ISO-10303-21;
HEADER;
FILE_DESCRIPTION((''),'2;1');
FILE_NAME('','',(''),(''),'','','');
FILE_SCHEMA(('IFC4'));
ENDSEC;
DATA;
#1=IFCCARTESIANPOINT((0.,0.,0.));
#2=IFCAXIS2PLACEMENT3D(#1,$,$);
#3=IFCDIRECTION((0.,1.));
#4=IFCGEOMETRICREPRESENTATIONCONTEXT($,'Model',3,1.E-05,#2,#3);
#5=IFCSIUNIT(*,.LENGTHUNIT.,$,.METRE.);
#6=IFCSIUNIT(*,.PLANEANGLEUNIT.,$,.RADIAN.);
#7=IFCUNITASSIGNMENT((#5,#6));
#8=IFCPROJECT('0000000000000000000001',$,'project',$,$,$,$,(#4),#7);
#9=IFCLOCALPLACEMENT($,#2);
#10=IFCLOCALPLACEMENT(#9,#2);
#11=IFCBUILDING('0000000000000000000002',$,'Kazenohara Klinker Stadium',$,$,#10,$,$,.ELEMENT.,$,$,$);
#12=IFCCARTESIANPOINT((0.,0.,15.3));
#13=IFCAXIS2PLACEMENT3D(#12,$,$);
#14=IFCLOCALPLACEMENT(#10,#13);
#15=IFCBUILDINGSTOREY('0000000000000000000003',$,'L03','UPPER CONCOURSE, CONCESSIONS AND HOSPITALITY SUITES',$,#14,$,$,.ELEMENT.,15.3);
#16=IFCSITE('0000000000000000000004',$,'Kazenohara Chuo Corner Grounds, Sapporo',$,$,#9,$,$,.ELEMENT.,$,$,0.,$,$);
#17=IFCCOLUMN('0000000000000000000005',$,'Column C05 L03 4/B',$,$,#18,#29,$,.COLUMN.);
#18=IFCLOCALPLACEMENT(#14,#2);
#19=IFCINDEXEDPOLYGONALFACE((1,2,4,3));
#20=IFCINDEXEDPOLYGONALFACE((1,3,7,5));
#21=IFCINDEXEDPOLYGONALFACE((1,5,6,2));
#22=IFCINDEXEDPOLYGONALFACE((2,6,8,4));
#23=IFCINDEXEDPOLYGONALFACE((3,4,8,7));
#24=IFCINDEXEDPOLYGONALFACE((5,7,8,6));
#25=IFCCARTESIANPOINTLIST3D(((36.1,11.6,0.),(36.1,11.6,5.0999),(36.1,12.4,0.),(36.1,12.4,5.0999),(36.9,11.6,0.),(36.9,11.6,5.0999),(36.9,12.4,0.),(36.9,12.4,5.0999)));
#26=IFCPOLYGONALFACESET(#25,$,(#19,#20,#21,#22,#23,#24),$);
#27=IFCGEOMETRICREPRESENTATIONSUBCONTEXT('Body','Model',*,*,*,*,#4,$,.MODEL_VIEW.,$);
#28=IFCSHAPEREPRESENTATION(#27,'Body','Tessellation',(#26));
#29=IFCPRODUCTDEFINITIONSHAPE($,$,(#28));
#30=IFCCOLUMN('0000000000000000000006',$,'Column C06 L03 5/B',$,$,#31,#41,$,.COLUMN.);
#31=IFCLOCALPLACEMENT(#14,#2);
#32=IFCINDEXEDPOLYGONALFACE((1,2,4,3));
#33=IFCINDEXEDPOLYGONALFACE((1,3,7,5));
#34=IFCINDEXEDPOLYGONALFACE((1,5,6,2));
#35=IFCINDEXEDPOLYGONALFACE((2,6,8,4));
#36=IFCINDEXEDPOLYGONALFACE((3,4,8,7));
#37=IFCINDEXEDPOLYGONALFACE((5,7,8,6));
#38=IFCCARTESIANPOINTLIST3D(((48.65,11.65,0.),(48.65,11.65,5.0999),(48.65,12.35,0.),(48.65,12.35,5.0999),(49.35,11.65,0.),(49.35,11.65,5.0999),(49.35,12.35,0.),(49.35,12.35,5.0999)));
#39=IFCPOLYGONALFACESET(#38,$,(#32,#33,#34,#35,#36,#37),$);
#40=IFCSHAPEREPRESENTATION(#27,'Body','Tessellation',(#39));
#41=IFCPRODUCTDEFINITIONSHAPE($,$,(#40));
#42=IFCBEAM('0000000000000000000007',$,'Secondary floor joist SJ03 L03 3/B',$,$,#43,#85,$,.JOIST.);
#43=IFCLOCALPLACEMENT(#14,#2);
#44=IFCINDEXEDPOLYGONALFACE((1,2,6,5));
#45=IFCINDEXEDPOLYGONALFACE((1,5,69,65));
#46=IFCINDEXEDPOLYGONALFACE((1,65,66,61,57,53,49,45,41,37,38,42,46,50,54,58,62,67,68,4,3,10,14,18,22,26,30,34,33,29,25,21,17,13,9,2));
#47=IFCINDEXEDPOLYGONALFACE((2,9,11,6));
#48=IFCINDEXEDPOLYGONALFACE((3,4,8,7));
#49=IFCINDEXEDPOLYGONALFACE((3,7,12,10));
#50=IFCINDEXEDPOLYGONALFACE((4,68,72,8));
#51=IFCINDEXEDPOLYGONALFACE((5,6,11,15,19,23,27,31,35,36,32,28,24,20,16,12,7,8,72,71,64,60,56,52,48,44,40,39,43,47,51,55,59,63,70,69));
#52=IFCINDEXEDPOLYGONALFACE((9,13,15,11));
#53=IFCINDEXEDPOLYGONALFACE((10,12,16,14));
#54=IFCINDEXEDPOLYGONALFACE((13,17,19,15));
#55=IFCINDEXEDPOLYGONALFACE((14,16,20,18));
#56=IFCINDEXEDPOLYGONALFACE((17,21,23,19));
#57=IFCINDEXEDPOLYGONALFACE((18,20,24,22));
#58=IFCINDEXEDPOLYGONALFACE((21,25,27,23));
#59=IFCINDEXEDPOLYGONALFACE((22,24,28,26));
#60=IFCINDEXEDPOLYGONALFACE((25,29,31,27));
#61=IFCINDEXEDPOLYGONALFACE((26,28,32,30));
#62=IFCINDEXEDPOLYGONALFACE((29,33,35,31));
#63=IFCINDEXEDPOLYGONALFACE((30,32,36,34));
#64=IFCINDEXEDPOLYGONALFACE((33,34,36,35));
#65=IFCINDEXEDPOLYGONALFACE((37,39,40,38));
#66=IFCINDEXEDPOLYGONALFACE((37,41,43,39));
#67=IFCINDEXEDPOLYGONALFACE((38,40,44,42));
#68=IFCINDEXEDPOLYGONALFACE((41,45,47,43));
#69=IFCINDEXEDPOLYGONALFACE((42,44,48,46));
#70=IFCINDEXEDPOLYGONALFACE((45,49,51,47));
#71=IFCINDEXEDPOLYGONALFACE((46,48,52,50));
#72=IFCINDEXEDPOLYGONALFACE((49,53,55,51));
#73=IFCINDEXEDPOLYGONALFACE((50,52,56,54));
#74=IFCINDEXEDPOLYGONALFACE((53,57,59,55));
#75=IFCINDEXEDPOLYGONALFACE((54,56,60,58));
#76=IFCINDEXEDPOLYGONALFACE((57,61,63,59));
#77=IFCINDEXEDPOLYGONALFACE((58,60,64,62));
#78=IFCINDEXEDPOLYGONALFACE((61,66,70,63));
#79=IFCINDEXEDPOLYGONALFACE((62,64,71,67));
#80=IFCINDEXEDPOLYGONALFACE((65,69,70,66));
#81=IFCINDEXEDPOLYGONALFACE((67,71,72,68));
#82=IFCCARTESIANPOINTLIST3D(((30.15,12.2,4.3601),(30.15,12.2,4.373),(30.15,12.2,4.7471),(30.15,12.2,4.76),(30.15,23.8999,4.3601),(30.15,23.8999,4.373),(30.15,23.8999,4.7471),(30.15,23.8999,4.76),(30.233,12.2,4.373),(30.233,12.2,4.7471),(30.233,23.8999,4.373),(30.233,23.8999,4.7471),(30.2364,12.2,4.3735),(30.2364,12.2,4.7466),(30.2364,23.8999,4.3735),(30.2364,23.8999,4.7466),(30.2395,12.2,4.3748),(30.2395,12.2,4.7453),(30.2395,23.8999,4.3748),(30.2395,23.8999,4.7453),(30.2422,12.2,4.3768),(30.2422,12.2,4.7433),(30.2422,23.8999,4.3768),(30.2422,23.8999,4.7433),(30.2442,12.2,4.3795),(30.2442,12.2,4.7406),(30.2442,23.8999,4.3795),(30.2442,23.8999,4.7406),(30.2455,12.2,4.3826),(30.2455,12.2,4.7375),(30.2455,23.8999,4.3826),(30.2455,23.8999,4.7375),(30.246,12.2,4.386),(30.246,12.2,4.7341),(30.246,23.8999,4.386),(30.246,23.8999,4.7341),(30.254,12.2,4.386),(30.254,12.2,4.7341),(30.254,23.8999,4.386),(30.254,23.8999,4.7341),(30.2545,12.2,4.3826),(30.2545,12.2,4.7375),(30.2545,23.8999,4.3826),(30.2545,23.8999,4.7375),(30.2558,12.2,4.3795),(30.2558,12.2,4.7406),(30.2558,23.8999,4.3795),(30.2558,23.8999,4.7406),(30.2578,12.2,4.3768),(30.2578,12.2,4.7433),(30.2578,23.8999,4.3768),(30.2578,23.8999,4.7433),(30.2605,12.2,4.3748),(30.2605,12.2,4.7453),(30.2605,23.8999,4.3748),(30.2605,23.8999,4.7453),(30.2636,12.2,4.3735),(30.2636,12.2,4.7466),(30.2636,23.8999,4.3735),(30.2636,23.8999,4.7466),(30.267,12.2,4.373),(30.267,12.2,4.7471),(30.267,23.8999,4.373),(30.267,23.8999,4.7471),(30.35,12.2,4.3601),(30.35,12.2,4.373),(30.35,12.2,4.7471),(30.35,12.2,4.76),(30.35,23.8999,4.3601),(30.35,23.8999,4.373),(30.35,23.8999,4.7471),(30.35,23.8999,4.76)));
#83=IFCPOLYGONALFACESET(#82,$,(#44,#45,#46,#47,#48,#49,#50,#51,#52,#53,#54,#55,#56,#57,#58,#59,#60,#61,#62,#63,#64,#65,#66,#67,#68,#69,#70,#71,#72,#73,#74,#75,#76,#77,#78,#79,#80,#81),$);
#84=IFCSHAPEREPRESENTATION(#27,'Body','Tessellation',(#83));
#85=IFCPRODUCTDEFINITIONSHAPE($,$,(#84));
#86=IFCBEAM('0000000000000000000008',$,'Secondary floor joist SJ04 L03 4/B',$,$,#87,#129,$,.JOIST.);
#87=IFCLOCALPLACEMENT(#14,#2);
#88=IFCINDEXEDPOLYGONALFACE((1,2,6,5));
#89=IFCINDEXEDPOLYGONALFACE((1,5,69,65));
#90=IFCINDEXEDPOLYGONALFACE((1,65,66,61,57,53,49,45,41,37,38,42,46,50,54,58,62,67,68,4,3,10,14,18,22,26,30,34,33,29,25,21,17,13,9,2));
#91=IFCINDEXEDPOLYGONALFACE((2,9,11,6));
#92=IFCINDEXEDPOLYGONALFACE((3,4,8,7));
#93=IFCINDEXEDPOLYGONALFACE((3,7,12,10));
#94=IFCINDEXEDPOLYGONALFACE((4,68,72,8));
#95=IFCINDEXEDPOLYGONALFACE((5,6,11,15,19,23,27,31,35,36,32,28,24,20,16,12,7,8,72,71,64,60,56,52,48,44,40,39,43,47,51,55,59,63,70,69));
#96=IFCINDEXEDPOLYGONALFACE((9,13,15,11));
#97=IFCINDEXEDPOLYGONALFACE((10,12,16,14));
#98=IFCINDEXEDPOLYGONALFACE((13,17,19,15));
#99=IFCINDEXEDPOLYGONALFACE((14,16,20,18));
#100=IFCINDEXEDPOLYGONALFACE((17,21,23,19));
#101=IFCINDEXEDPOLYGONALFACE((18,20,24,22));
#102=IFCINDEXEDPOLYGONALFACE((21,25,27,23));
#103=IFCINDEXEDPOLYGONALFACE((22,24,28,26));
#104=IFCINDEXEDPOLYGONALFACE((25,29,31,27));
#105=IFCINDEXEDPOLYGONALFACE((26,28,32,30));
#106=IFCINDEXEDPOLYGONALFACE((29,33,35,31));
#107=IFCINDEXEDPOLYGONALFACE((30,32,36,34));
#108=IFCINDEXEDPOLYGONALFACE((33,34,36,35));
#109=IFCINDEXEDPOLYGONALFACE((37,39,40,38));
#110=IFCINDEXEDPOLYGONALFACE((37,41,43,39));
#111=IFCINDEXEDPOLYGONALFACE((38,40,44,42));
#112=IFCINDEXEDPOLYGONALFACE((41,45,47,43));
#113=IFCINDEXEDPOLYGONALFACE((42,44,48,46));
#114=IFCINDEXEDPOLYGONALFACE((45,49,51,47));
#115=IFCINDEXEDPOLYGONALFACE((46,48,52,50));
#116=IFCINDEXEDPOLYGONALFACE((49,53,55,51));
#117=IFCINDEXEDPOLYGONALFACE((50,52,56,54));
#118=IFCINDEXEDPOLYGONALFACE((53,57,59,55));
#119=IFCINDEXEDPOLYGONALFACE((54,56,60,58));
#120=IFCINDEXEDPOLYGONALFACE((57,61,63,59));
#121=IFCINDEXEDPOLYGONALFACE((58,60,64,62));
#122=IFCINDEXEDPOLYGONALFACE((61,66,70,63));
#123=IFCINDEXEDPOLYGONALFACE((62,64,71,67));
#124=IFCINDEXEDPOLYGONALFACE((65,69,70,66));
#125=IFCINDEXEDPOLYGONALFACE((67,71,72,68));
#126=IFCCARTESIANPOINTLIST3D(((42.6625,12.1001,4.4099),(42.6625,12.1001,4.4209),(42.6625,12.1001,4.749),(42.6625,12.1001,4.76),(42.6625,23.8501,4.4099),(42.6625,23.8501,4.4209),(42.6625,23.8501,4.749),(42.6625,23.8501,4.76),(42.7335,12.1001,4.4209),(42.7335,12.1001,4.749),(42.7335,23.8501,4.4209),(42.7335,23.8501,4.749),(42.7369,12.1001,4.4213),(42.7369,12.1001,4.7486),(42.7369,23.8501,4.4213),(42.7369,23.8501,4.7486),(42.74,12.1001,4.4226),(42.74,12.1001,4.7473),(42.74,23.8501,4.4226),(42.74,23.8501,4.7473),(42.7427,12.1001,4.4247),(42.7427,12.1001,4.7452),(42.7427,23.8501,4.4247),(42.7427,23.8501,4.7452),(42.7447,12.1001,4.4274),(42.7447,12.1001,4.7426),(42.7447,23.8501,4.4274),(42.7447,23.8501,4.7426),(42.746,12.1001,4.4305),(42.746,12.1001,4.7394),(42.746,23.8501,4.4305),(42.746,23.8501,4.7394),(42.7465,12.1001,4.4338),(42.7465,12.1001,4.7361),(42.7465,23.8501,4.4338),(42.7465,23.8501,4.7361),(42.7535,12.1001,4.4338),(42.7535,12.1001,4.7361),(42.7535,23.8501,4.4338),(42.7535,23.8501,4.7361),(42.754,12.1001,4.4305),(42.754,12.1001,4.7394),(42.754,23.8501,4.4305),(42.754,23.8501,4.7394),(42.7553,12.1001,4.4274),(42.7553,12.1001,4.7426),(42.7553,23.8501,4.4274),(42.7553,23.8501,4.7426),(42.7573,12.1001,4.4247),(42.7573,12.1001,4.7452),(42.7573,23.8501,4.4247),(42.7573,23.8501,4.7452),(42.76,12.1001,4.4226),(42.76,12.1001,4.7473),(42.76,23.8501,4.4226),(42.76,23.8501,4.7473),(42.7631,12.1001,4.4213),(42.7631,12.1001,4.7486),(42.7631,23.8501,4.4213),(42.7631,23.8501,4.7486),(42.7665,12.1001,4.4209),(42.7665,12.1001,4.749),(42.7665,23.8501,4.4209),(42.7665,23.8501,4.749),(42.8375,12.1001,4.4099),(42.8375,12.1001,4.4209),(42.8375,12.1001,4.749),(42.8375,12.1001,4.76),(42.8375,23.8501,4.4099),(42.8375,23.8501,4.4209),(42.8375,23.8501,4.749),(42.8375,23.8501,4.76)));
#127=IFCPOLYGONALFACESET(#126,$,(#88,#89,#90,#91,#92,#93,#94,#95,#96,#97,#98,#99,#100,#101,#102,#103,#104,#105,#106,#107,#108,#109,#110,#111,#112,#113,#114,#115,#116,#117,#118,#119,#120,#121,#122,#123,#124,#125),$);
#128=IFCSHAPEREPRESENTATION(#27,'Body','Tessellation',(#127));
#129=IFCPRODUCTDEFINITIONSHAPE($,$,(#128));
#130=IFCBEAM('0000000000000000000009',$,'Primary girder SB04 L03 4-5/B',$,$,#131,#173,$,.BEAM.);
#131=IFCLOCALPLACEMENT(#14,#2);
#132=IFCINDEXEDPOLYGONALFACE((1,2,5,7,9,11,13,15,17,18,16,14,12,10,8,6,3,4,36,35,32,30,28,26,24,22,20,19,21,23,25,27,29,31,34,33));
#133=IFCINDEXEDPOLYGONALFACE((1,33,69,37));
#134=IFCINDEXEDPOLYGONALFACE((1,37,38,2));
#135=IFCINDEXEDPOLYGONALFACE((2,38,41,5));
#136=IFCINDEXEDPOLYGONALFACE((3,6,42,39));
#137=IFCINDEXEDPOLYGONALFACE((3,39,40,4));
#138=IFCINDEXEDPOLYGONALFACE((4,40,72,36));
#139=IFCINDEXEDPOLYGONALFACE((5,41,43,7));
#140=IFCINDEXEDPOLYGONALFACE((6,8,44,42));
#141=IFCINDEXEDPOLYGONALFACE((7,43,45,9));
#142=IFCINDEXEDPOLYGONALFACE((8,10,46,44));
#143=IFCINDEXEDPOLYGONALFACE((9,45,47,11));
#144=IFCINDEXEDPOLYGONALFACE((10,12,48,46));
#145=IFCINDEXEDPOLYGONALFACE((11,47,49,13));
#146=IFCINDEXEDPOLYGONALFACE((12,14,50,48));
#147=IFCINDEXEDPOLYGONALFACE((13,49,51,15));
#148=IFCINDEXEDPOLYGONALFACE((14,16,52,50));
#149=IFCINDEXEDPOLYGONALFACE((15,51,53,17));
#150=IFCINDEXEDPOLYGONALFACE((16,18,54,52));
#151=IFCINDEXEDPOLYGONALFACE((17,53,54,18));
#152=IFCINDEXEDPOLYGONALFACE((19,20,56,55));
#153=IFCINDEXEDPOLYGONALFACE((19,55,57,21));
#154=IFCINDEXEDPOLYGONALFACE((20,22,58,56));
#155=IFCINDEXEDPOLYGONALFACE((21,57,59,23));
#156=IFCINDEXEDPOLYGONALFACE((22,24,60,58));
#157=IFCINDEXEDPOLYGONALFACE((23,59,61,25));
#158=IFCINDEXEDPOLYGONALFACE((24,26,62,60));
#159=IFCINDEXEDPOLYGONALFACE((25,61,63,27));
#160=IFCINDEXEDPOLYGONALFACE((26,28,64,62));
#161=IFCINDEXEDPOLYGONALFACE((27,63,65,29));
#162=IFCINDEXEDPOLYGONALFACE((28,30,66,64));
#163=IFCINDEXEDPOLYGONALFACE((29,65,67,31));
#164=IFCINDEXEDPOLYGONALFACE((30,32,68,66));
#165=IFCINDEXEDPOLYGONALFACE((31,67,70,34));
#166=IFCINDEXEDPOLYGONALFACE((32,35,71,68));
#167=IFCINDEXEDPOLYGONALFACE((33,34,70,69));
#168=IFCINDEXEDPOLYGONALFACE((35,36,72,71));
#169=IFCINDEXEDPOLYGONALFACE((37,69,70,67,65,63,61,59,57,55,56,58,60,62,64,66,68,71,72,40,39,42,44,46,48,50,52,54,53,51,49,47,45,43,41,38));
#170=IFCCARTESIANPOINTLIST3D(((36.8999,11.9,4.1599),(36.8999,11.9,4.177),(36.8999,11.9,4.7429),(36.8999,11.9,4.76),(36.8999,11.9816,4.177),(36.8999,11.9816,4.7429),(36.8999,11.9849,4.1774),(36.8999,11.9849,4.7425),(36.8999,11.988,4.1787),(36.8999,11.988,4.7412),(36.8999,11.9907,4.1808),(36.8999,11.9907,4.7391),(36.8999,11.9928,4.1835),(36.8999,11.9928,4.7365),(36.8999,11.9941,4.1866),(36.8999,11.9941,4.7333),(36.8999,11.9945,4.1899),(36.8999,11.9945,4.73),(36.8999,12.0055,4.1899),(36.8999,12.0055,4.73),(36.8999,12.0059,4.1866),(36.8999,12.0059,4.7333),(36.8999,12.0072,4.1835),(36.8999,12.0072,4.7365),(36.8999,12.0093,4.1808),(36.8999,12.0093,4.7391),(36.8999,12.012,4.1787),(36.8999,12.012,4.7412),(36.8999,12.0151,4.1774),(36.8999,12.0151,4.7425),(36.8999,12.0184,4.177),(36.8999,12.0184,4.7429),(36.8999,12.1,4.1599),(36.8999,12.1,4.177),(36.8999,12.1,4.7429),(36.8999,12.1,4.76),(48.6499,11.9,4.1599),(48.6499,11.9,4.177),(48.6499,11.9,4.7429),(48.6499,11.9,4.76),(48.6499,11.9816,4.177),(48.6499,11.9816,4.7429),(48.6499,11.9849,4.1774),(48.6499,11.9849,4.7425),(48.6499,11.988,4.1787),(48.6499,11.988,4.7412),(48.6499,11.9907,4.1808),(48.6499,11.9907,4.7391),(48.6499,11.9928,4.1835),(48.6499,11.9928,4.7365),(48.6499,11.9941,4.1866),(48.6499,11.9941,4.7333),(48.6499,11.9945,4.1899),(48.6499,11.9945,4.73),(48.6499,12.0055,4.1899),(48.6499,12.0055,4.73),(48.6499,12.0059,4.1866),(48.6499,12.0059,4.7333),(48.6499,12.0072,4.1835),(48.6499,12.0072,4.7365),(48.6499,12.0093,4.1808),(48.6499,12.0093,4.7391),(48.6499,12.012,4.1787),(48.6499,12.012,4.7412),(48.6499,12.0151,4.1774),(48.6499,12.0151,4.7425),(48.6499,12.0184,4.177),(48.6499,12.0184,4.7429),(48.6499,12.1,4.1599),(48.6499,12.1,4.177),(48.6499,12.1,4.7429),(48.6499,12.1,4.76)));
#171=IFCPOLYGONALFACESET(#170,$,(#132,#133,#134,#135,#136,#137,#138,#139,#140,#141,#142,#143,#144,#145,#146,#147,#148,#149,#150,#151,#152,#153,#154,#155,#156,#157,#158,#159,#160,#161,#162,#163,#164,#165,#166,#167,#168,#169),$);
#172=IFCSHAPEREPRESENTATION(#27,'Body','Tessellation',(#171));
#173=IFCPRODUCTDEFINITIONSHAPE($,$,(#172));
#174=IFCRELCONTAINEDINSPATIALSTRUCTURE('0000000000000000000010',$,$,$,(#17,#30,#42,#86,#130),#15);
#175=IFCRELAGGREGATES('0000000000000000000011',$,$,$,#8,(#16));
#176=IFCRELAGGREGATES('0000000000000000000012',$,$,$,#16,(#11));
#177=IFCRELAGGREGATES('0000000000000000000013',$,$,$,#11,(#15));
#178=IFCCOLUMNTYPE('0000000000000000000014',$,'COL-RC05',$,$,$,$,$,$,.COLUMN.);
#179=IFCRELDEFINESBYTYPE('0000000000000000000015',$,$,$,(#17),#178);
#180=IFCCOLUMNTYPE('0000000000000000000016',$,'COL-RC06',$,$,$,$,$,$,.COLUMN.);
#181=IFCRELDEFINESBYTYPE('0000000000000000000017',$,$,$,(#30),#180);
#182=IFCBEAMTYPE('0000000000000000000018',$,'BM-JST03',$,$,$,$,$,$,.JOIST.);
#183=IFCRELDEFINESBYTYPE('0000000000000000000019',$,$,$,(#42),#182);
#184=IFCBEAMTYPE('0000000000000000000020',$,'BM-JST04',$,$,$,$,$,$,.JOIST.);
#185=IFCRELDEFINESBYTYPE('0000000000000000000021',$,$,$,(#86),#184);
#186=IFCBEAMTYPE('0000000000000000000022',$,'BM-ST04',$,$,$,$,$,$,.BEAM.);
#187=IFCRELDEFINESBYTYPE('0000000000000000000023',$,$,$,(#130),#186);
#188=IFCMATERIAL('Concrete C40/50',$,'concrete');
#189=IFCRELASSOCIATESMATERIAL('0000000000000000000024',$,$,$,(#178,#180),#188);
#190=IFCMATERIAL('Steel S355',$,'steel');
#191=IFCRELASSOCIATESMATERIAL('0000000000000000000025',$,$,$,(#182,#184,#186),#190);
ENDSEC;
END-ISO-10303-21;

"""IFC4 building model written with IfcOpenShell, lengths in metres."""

from ifc_helpers import new_model, si_unit, direction, frame, origin, origin_2d, place, context, subcontext, project, spatial, rectangle, i_section, extrude, material, material_profile, profile_set, type_object, element, save


model = new_model("IFC4")

# Units and contexts
model_context = context("Model", 3, precision=1e-05, world=origin(), true_north=direction((0.0, 1.0)))
body_context = subcontext(model_context, "Body", "Model", "MODEL_VIEW")
ifc_project = project(units=[si_unit("LENGTHUNIT", "METRE"), si_unit("PLANEANGLEUNIT", "RADIAN")], contexts=[model_context])

# Site, building, storey
site_placement = place(None, origin())
site = spatial("IfcSite", under=ifc_project, at=site_placement, Name="Kazenohara Chuo Corner Grounds, Sapporo", CompositionType="ELEMENT", RefElevation=0.0)
building_placement = place(site_placement, origin())
building = spatial("IfcBuilding", under=site, at=building_placement, Name="Kazenohara Klinker Stadium", CompositionType="ELEMENT")
storey_placement = place(building_placement, frame((0.0, 0.0, 15.3)))
storey = spatial("IfcBuildingStorey", under=building, at=storey_placement, Name="L03", Description="UPPER CONCOURSE, CONCESSIONS AND HOSPITALITY SUITES", CompositionType="ELEMENT", Elevation=15.3)

# Columns
ifc_material_1 = material(Name="Concrete C40/50", Category="concrete")
ifc_material_profile_1 = material_profile(ifc_material_1, rectangle(XDim=0.8, YDim=0.8, at=origin_2d()), Name="RC-COL-800x800")
ifc_profile_set_1 = profile_set([ifc_material_profile_1], Name="Concrete C40/50")
column_type_1 = type_object("IfcColumnType", Name="COL-RC05", PredefinedType="COLUMN", material=ifc_profile_set_1)
column_1_placement = place(storey_placement, frame((36.5, 12.0, 0.0), z_axis=(0.0, 0.0, 1.0), x_axis=(1.0, 0.0, 0.0)))
element("IfcColumn", 1, at=column_1_placement, inside=storey, type_object=column_type_1, Name="Column C05 L03 4/B", PredefinedType="COLUMN", context=body_context, shape_type="SweptSolid", body=[
    extrude(rectangle(XDim=0.8, YDim=0.8, at=origin_2d()), origin(), (0.0, 0.0, 1.0), 5.0999),
])
ifc_material_profile_2 = material_profile(ifc_material_1, rectangle(XDim=0.7, YDim=0.7, at=origin_2d()), Name="RC-COL-700x700")
ifc_profile_set_2 = profile_set([ifc_material_profile_2], Name="Concrete C40/50")
column_type_2 = type_object("IfcColumnType", Name="COL-RC06", PredefinedType="COLUMN", material=ifc_profile_set_2)
column_2_placement = place(storey_placement, frame((49.0, 12.0, 0.0), z_axis=(0.0, 0.0, 1.0), x_axis=(1.0, 0.0, 0.0)))
element("IfcColumn", 2, at=column_2_placement, inside=storey, type_object=column_type_2, Name="Column C06 L03 5/B", PredefinedType="COLUMN", context=body_context, shape_type="SweptSolid", body=[
    extrude(rectangle(XDim=0.7, YDim=0.7, at=origin_2d()), origin(), (0.0, 0.0, 1.0), 5.0999),
])

# Beams
ifc_material_2 = material(Name="Steel S355", Category="steel")
ifc_material_profile_3 = material_profile(ifc_material_2, i_section(OverallWidth=0.2, OverallDepth=0.3999, WebThickness=0.0081, FlangeThickness=0.0129, FilletRadius=0.0129, at=origin_2d()), Name="H-400x200x8x13")
ifc_profile_set_3 = profile_set([ifc_material_profile_3], Name="Steel S355")
beam_type_1 = type_object("IfcBeamType", Name="BM-JST03", PredefinedType="JOIST", material=ifc_profile_set_3)
beam_1_placement = place(storey_placement, frame((30.25, 12.2, 4.5601), z_axis=(0.0, 1.0, 0.0), x_axis=(-1.0, 0.0, 0.0)))
element("IfcBeam", 3, at=beam_1_placement, inside=storey, type_object=beam_type_1, Name="Secondary floor joist SJ03 L03 3/B", PredefinedType="JOIST", context=body_context, shape_type="SweptSolid", body=[
    extrude(i_section(OverallWidth=0.2, OverallDepth=0.3999, WebThickness=0.0081, FlangeThickness=0.0129, FilletRadius=0.0129, at=origin_2d()), origin(), (0.0, 0.0, 1.0), 11.7),
])
ifc_material_profile_4 = material_profile(ifc_material_2, i_section(OverallWidth=0.175, OverallDepth=0.3501, WebThickness=0.0071, FlangeThickness=0.011, FilletRadius=0.0129, at=origin_2d()), Name="H-350x175x7x11")
ifc_profile_set_4 = profile_set([ifc_material_profile_4], Name="Steel S355")
beam_type_2 = type_object("IfcBeamType", Name="BM-JST04", PredefinedType="JOIST", material=ifc_profile_set_4)
beam_2_placement = place(storey_placement, frame((42.75, 12.1001, 4.585), z_axis=(0.0, 1.0, 0.0), x_axis=(-1.0, 0.0, 0.0)))
element("IfcBeam", 4, at=beam_2_placement, inside=storey, type_object=beam_type_2, Name="Secondary floor joist SJ04 L03 4/B", PredefinedType="JOIST", context=body_context, shape_type="SweptSolid", body=[
    extrude(i_section(OverallWidth=0.175, OverallDepth=0.3501, WebThickness=0.0071, FlangeThickness=0.011, FilletRadius=0.0129, at=origin_2d()), origin(), (0.0, 0.0, 1.0), 11.75),
])
ifc_material_profile_5 = material_profile(ifc_material_2, i_section(OverallWidth=0.2, OverallDepth=0.6001, WebThickness=0.011, FlangeThickness=0.0171, FilletRadius=0.0129, at=origin_2d()), Name="H-600x200x11x17")
ifc_profile_set_5 = profile_set([ifc_material_profile_5], Name="Steel S355")
beam_type_3 = type_object("IfcBeamType", Name="BM-ST04", PredefinedType="BEAM", material=ifc_profile_set_5)
beam_3_placement = place(storey_placement, frame((36.8999, 12.0, 4.46), z_axis=(1.0, 0.0, 0.0), x_axis=(0.0, 1.0, 0.0)))
element("IfcBeam", 5, at=beam_3_placement, inside=storey, type_object=beam_type_3, Name="Primary girder SB04 L03 4-5/B", PredefinedType="BEAM", context=body_context, shape_type="SweptSolid", body=[
    extrude(i_section(OverallWidth=0.2, OverallDepth=0.6001, WebThickness=0.011, FlangeThickness=0.0171, FilletRadius=0.0129, at=origin_2d()), origin(), (0.0, 0.0, 1.0), 11.75),
])

save(model, "model.ifc")
